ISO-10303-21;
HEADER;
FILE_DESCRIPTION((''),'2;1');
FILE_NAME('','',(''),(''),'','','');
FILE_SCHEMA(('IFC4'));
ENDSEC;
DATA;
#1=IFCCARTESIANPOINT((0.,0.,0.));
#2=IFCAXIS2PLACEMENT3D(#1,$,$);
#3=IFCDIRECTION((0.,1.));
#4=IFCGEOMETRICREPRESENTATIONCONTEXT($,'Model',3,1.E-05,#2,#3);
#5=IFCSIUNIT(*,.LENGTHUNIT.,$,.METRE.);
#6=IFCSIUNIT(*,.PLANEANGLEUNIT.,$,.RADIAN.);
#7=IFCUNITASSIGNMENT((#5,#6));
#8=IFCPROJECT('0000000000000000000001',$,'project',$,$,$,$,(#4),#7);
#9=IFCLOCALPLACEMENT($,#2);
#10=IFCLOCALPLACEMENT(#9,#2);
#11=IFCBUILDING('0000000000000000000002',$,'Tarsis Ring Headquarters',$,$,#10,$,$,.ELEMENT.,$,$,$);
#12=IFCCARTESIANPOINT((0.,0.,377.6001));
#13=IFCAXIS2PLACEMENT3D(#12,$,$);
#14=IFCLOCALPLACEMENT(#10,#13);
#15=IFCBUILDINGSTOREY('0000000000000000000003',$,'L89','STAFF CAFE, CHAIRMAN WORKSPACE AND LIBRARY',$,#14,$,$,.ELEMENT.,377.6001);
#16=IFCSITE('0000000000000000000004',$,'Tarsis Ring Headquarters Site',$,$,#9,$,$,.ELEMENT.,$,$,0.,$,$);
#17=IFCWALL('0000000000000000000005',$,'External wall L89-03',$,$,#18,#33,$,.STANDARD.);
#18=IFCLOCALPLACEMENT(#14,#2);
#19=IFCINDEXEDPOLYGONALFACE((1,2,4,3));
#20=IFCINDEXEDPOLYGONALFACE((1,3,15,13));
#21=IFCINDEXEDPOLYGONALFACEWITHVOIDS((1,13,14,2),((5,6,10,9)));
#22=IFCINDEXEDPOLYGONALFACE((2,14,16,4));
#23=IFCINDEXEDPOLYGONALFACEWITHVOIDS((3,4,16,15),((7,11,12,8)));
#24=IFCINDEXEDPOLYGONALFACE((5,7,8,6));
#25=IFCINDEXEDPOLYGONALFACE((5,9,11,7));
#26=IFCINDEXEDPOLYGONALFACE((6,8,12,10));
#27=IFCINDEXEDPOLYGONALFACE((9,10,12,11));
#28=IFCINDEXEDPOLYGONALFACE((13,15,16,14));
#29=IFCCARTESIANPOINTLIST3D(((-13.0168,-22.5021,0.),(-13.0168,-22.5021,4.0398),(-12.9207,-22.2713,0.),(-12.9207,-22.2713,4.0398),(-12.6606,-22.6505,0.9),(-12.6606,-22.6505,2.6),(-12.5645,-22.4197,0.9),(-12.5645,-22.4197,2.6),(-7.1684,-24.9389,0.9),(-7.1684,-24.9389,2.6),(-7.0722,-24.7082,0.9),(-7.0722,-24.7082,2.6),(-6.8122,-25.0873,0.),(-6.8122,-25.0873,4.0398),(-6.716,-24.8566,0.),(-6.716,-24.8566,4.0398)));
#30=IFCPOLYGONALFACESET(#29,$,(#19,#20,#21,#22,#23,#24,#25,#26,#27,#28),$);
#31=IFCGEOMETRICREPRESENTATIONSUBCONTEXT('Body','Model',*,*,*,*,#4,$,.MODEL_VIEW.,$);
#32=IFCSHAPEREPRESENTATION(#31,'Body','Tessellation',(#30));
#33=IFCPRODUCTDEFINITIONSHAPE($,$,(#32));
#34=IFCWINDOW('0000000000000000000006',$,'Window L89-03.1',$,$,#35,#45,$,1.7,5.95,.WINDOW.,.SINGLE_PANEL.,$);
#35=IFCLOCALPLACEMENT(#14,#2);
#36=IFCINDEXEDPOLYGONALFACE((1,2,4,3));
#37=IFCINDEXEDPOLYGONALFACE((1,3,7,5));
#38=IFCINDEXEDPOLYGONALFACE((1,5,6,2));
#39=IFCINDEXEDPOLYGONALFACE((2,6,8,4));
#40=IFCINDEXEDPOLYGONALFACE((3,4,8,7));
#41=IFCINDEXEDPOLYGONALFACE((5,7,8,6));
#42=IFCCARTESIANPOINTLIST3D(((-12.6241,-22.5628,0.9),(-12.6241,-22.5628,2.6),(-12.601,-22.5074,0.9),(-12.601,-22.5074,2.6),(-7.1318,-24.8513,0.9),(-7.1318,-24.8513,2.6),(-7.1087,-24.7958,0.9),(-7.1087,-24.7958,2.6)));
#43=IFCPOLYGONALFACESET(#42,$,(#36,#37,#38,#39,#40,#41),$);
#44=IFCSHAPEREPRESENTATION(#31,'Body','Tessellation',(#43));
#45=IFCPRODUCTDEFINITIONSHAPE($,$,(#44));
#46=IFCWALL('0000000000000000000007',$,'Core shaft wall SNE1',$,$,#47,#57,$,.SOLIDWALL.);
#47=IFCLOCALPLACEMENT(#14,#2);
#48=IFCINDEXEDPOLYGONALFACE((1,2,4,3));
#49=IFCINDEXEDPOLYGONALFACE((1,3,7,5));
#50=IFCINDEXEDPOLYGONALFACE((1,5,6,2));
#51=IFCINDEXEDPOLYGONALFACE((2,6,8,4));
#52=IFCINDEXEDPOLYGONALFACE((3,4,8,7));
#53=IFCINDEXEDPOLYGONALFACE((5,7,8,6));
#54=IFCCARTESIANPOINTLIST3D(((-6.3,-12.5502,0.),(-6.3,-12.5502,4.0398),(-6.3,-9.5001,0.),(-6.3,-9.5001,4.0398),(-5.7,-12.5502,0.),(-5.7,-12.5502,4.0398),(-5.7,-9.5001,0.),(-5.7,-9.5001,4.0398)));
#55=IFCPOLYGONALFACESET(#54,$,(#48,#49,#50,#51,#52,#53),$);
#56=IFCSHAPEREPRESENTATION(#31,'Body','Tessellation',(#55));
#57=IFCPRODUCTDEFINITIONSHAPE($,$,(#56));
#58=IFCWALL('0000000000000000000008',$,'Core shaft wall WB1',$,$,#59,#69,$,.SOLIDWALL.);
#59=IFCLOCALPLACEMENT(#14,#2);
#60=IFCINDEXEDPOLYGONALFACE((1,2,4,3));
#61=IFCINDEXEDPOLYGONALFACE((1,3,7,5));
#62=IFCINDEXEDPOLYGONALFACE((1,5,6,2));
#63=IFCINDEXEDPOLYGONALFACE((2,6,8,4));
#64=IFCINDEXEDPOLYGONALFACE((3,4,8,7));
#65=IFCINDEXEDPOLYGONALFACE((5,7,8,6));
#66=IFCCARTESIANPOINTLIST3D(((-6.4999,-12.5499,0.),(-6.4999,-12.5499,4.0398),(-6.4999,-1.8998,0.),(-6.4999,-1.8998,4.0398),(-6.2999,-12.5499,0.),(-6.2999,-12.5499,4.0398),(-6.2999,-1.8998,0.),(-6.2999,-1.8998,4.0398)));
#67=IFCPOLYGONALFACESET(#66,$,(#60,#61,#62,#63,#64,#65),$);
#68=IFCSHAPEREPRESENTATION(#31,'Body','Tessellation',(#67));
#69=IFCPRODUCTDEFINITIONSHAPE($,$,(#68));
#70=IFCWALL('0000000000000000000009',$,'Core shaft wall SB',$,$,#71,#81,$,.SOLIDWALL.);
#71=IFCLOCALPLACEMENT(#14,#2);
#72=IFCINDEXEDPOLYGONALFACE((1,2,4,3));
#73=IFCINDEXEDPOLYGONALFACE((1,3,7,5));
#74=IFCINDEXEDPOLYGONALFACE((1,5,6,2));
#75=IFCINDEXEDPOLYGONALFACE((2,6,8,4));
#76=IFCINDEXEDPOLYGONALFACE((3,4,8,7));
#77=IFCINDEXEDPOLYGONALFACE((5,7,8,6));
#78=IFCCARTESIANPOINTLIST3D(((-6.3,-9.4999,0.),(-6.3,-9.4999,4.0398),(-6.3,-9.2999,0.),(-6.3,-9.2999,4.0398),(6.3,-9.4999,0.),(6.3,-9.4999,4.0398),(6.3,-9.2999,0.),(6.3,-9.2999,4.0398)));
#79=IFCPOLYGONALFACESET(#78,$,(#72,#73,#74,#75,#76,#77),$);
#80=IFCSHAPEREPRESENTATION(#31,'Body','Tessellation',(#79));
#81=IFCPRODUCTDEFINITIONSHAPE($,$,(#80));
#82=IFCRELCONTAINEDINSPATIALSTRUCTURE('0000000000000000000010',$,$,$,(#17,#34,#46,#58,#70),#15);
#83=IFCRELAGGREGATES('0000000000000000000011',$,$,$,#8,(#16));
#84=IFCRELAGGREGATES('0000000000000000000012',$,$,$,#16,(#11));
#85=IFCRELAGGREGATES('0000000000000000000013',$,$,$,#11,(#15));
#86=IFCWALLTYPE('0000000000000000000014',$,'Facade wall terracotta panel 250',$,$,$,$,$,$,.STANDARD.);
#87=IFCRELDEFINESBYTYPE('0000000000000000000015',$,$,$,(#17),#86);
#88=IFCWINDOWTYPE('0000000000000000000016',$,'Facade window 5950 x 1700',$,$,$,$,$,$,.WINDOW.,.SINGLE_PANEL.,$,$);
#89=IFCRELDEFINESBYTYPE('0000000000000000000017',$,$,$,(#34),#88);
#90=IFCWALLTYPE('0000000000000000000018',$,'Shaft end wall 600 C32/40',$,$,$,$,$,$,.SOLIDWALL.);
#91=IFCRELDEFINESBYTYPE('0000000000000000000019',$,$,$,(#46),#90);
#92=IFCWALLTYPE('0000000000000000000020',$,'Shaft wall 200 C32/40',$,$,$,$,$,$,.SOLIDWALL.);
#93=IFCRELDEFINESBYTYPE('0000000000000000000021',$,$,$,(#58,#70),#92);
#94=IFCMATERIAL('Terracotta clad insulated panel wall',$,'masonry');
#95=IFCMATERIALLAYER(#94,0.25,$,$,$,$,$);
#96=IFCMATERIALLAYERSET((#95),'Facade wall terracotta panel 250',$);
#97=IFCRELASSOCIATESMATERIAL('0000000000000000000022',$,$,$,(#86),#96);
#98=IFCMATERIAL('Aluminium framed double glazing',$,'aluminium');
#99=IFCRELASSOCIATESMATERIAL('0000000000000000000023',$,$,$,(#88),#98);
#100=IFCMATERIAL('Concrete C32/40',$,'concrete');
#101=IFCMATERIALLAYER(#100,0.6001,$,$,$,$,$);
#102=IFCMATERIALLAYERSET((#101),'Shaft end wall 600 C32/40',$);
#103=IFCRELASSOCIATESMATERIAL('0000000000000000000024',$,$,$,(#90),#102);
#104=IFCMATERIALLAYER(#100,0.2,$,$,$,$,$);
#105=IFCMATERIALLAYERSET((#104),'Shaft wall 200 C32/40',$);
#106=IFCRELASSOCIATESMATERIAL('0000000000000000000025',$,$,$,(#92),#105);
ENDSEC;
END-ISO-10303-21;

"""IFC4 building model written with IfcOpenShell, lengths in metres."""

from ifc_helpers import new_model, si_unit, direction, frame, frame_2d, origin, place, context, subcontext, project, spatial, rectangle, extrude, material, layer, layer_set, type_object, element, fill, save


model = new_model("IFC4")

# Units and contexts
model_context = context("Model", 3, precision=1e-05, world=origin(), true_north=direction((0.0, 1.0)))
body_context = subcontext(model_context, "Body", "Model", "MODEL_VIEW")
ifc_project = project(units=[si_unit("LENGTHUNIT", "METRE"), si_unit("PLANEANGLEUNIT", "RADIAN")], contexts=[model_context])

# Site, building, storey
site_placement = place(None, origin())
site = spatial("IfcSite", under=ifc_project, at=site_placement, Name="Tarsis Ring Headquarters Site", CompositionType="ELEMENT", RefElevation=0.0)
building_placement = place(site_placement, origin())
building = spatial("IfcBuilding", under=site, at=building_placement, Name="Tarsis Ring Headquarters", CompositionType="ELEMENT")
storey_placement = place(building_placement, frame((0.0, 0.0, 377.6001)))
storey = spatial("IfcBuildingStorey", under=building, at=storey_placement, Name="L89", Description="STAFF CAFE, CHAIRMAN WORKSPACE AND LIBRARY", CompositionType="ELEMENT", Elevation=377.6001)

# Wall, opening, window
ifc_material_1 = material(Name="Terracotta clad insulated panel wall", Category="masonry")
ifc_layer_1 = layer(ifc_material_1, 0.25)
ifc_layer_set_1 = layer_set([ifc_layer_1], Name="Facade wall terracotta panel 250")
wall_type_1 = type_object("IfcWallType", Name="Facade wall terracotta panel 250", PredefinedType="STANDARD", material=ifc_layer_set_1)
wall_1_placement = place(storey_placement, frame((-12.9688, -22.3867, 0.0), z_axis=(0.0, 0.0, 1.0), x_axis=(0.923079, -0.38461, 0.0)))
wall_1 = element("IfcWall", 1, at=wall_1_placement, inside=storey, type_object=wall_type_1, Name="External wall L89-03", PredefinedType="STANDARD", context=body_context, shape_type="SweptSolid", body=[
    extrude(rectangle(XDim=6.7217, YDim=0.25, at=frame_2d((3.3608, 0.0))), origin(), (0.0, 0.0, 1.0), 4.0398),
])
opening_1_placement = place(wall_1_placement, frame((0.3857, 0.0, 0.8999)))
opening_1 = element("IfcOpeningElement", 2, at=opening_1_placement, cuts=wall_1, PredefinedType="OPENING", context=body_context, shape_type="SweptSolid", body=[
    extrude(rectangle(XDim=5.95, YDim=1.7, at=frame_2d((2.9751, 0.8501))), frame((0.0, 0.135, 0.0), z_axis=(0.0, -1.0, 0.0), x_axis=(1.0, 0.0, 0.0)), (0.0, 0.0, 1.0), 0.27),
])
ifc_material_2 = material(Name="Aluminium framed double glazing", Category="aluminium")
window_type = type_object("IfcWindowType", Name="Facade window 5950 x 1700", PartitioningType="SINGLE_PANEL", PredefinedType="WINDOW", material=ifc_material_2)
window_placement = place(opening_1_placement, origin())
window = element("IfcWindow", 3, at=window_placement, inside=storey, type_object=window_type, Name="Window L89-03.1", OverallHeight=1.7, OverallWidth=5.95, PartitioningType="SINGLE_PANEL", PredefinedType="WINDOW", context=body_context, shape_type="SweptSolid", body=[
    extrude(rectangle(XDim=5.95, YDim=1.7, at=frame_2d((2.9751, 0.8501))), frame((0.0, 0.03, 0.0), z_axis=(0.0, -1.0, 0.0), x_axis=(1.0, 0.0, 0.0)), (0.0, 0.0, 1.0), 0.0601),
])
fill(opening_1, window)

# Walls
ifc_material_3 = material(Name="Concrete C32/40", Category="concrete")
ifc_layer_2 = layer(ifc_material_3, 0.6001)
ifc_layer_set_2 = layer_set([ifc_layer_2], Name="Shaft end wall 600 C32/40")
wall_type_2 = type_object("IfcWallType", Name="Shaft end wall 600 C32/40", PredefinedType="SOLIDWALL", material=ifc_layer_set_2)
wall_2_placement = place(storey_placement, frame((-6.0, -12.55, 0.0), z_axis=(0.0, 0.0, 1.0), x_axis=(0.0, 1.0, 0.0)))
element("IfcWall", 4, at=wall_2_placement, inside=storey, type_object=wall_type_2, Name="Core shaft wall SNE1", PredefinedType="SOLIDWALL", context=body_context, shape_type="SweptSolid", body=[
    extrude(rectangle(XDim=3.05, YDim=0.6001, at=frame_2d((1.5249, 0.0))), origin(), (0.0, 0.0, 1.0), 4.0398),
])
ifc_layer_3 = layer(ifc_material_3, 0.2)
ifc_layer_set_3 = layer_set([ifc_layer_3], Name="Shaft wall 200 C32/40")
wall_type_3 = type_object("IfcWallType", Name="Shaft wall 200 C32/40", PredefinedType="SOLIDWALL", material=ifc_layer_set_3)
wall_3_placement = place(storey_placement, frame((-6.3999, -12.55, 0.0), z_axis=(0.0, 0.0, 1.0), x_axis=(0.0, 1.0, 0.0)))
element("IfcWall", 5, at=wall_3_placement, inside=storey, type_object=wall_type_3, Name="Core shaft wall WB1", PredefinedType="SOLIDWALL", context=body_context, shape_type="SweptSolid", body=[
    extrude(rectangle(XDim=10.6501, YDim=0.2, at=frame_2d((5.3252, 0.0))), origin(), (0.0, 0.0, 1.0), 4.0398),
])
wall_4_placement = place(storey_placement, frame((-6.3, -9.3999, 0.0), z_axis=(0.0, 0.0, 1.0), x_axis=(1.0, 0.0, 0.0)))
element("IfcWall", 6, at=wall_4_placement, inside=storey, type_object=wall_type_3, Name="Core shaft wall SB", PredefinedType="SOLIDWALL", context=body_context, shape_type="SweptSolid", body=[
    extrude(rectangle(XDim=12.6001, YDim=0.2, at=frame_2d((6.3, 0.0))), origin(), (0.0, 0.0, 1.0), 4.0398),
])

save(model, "model.ifc")
